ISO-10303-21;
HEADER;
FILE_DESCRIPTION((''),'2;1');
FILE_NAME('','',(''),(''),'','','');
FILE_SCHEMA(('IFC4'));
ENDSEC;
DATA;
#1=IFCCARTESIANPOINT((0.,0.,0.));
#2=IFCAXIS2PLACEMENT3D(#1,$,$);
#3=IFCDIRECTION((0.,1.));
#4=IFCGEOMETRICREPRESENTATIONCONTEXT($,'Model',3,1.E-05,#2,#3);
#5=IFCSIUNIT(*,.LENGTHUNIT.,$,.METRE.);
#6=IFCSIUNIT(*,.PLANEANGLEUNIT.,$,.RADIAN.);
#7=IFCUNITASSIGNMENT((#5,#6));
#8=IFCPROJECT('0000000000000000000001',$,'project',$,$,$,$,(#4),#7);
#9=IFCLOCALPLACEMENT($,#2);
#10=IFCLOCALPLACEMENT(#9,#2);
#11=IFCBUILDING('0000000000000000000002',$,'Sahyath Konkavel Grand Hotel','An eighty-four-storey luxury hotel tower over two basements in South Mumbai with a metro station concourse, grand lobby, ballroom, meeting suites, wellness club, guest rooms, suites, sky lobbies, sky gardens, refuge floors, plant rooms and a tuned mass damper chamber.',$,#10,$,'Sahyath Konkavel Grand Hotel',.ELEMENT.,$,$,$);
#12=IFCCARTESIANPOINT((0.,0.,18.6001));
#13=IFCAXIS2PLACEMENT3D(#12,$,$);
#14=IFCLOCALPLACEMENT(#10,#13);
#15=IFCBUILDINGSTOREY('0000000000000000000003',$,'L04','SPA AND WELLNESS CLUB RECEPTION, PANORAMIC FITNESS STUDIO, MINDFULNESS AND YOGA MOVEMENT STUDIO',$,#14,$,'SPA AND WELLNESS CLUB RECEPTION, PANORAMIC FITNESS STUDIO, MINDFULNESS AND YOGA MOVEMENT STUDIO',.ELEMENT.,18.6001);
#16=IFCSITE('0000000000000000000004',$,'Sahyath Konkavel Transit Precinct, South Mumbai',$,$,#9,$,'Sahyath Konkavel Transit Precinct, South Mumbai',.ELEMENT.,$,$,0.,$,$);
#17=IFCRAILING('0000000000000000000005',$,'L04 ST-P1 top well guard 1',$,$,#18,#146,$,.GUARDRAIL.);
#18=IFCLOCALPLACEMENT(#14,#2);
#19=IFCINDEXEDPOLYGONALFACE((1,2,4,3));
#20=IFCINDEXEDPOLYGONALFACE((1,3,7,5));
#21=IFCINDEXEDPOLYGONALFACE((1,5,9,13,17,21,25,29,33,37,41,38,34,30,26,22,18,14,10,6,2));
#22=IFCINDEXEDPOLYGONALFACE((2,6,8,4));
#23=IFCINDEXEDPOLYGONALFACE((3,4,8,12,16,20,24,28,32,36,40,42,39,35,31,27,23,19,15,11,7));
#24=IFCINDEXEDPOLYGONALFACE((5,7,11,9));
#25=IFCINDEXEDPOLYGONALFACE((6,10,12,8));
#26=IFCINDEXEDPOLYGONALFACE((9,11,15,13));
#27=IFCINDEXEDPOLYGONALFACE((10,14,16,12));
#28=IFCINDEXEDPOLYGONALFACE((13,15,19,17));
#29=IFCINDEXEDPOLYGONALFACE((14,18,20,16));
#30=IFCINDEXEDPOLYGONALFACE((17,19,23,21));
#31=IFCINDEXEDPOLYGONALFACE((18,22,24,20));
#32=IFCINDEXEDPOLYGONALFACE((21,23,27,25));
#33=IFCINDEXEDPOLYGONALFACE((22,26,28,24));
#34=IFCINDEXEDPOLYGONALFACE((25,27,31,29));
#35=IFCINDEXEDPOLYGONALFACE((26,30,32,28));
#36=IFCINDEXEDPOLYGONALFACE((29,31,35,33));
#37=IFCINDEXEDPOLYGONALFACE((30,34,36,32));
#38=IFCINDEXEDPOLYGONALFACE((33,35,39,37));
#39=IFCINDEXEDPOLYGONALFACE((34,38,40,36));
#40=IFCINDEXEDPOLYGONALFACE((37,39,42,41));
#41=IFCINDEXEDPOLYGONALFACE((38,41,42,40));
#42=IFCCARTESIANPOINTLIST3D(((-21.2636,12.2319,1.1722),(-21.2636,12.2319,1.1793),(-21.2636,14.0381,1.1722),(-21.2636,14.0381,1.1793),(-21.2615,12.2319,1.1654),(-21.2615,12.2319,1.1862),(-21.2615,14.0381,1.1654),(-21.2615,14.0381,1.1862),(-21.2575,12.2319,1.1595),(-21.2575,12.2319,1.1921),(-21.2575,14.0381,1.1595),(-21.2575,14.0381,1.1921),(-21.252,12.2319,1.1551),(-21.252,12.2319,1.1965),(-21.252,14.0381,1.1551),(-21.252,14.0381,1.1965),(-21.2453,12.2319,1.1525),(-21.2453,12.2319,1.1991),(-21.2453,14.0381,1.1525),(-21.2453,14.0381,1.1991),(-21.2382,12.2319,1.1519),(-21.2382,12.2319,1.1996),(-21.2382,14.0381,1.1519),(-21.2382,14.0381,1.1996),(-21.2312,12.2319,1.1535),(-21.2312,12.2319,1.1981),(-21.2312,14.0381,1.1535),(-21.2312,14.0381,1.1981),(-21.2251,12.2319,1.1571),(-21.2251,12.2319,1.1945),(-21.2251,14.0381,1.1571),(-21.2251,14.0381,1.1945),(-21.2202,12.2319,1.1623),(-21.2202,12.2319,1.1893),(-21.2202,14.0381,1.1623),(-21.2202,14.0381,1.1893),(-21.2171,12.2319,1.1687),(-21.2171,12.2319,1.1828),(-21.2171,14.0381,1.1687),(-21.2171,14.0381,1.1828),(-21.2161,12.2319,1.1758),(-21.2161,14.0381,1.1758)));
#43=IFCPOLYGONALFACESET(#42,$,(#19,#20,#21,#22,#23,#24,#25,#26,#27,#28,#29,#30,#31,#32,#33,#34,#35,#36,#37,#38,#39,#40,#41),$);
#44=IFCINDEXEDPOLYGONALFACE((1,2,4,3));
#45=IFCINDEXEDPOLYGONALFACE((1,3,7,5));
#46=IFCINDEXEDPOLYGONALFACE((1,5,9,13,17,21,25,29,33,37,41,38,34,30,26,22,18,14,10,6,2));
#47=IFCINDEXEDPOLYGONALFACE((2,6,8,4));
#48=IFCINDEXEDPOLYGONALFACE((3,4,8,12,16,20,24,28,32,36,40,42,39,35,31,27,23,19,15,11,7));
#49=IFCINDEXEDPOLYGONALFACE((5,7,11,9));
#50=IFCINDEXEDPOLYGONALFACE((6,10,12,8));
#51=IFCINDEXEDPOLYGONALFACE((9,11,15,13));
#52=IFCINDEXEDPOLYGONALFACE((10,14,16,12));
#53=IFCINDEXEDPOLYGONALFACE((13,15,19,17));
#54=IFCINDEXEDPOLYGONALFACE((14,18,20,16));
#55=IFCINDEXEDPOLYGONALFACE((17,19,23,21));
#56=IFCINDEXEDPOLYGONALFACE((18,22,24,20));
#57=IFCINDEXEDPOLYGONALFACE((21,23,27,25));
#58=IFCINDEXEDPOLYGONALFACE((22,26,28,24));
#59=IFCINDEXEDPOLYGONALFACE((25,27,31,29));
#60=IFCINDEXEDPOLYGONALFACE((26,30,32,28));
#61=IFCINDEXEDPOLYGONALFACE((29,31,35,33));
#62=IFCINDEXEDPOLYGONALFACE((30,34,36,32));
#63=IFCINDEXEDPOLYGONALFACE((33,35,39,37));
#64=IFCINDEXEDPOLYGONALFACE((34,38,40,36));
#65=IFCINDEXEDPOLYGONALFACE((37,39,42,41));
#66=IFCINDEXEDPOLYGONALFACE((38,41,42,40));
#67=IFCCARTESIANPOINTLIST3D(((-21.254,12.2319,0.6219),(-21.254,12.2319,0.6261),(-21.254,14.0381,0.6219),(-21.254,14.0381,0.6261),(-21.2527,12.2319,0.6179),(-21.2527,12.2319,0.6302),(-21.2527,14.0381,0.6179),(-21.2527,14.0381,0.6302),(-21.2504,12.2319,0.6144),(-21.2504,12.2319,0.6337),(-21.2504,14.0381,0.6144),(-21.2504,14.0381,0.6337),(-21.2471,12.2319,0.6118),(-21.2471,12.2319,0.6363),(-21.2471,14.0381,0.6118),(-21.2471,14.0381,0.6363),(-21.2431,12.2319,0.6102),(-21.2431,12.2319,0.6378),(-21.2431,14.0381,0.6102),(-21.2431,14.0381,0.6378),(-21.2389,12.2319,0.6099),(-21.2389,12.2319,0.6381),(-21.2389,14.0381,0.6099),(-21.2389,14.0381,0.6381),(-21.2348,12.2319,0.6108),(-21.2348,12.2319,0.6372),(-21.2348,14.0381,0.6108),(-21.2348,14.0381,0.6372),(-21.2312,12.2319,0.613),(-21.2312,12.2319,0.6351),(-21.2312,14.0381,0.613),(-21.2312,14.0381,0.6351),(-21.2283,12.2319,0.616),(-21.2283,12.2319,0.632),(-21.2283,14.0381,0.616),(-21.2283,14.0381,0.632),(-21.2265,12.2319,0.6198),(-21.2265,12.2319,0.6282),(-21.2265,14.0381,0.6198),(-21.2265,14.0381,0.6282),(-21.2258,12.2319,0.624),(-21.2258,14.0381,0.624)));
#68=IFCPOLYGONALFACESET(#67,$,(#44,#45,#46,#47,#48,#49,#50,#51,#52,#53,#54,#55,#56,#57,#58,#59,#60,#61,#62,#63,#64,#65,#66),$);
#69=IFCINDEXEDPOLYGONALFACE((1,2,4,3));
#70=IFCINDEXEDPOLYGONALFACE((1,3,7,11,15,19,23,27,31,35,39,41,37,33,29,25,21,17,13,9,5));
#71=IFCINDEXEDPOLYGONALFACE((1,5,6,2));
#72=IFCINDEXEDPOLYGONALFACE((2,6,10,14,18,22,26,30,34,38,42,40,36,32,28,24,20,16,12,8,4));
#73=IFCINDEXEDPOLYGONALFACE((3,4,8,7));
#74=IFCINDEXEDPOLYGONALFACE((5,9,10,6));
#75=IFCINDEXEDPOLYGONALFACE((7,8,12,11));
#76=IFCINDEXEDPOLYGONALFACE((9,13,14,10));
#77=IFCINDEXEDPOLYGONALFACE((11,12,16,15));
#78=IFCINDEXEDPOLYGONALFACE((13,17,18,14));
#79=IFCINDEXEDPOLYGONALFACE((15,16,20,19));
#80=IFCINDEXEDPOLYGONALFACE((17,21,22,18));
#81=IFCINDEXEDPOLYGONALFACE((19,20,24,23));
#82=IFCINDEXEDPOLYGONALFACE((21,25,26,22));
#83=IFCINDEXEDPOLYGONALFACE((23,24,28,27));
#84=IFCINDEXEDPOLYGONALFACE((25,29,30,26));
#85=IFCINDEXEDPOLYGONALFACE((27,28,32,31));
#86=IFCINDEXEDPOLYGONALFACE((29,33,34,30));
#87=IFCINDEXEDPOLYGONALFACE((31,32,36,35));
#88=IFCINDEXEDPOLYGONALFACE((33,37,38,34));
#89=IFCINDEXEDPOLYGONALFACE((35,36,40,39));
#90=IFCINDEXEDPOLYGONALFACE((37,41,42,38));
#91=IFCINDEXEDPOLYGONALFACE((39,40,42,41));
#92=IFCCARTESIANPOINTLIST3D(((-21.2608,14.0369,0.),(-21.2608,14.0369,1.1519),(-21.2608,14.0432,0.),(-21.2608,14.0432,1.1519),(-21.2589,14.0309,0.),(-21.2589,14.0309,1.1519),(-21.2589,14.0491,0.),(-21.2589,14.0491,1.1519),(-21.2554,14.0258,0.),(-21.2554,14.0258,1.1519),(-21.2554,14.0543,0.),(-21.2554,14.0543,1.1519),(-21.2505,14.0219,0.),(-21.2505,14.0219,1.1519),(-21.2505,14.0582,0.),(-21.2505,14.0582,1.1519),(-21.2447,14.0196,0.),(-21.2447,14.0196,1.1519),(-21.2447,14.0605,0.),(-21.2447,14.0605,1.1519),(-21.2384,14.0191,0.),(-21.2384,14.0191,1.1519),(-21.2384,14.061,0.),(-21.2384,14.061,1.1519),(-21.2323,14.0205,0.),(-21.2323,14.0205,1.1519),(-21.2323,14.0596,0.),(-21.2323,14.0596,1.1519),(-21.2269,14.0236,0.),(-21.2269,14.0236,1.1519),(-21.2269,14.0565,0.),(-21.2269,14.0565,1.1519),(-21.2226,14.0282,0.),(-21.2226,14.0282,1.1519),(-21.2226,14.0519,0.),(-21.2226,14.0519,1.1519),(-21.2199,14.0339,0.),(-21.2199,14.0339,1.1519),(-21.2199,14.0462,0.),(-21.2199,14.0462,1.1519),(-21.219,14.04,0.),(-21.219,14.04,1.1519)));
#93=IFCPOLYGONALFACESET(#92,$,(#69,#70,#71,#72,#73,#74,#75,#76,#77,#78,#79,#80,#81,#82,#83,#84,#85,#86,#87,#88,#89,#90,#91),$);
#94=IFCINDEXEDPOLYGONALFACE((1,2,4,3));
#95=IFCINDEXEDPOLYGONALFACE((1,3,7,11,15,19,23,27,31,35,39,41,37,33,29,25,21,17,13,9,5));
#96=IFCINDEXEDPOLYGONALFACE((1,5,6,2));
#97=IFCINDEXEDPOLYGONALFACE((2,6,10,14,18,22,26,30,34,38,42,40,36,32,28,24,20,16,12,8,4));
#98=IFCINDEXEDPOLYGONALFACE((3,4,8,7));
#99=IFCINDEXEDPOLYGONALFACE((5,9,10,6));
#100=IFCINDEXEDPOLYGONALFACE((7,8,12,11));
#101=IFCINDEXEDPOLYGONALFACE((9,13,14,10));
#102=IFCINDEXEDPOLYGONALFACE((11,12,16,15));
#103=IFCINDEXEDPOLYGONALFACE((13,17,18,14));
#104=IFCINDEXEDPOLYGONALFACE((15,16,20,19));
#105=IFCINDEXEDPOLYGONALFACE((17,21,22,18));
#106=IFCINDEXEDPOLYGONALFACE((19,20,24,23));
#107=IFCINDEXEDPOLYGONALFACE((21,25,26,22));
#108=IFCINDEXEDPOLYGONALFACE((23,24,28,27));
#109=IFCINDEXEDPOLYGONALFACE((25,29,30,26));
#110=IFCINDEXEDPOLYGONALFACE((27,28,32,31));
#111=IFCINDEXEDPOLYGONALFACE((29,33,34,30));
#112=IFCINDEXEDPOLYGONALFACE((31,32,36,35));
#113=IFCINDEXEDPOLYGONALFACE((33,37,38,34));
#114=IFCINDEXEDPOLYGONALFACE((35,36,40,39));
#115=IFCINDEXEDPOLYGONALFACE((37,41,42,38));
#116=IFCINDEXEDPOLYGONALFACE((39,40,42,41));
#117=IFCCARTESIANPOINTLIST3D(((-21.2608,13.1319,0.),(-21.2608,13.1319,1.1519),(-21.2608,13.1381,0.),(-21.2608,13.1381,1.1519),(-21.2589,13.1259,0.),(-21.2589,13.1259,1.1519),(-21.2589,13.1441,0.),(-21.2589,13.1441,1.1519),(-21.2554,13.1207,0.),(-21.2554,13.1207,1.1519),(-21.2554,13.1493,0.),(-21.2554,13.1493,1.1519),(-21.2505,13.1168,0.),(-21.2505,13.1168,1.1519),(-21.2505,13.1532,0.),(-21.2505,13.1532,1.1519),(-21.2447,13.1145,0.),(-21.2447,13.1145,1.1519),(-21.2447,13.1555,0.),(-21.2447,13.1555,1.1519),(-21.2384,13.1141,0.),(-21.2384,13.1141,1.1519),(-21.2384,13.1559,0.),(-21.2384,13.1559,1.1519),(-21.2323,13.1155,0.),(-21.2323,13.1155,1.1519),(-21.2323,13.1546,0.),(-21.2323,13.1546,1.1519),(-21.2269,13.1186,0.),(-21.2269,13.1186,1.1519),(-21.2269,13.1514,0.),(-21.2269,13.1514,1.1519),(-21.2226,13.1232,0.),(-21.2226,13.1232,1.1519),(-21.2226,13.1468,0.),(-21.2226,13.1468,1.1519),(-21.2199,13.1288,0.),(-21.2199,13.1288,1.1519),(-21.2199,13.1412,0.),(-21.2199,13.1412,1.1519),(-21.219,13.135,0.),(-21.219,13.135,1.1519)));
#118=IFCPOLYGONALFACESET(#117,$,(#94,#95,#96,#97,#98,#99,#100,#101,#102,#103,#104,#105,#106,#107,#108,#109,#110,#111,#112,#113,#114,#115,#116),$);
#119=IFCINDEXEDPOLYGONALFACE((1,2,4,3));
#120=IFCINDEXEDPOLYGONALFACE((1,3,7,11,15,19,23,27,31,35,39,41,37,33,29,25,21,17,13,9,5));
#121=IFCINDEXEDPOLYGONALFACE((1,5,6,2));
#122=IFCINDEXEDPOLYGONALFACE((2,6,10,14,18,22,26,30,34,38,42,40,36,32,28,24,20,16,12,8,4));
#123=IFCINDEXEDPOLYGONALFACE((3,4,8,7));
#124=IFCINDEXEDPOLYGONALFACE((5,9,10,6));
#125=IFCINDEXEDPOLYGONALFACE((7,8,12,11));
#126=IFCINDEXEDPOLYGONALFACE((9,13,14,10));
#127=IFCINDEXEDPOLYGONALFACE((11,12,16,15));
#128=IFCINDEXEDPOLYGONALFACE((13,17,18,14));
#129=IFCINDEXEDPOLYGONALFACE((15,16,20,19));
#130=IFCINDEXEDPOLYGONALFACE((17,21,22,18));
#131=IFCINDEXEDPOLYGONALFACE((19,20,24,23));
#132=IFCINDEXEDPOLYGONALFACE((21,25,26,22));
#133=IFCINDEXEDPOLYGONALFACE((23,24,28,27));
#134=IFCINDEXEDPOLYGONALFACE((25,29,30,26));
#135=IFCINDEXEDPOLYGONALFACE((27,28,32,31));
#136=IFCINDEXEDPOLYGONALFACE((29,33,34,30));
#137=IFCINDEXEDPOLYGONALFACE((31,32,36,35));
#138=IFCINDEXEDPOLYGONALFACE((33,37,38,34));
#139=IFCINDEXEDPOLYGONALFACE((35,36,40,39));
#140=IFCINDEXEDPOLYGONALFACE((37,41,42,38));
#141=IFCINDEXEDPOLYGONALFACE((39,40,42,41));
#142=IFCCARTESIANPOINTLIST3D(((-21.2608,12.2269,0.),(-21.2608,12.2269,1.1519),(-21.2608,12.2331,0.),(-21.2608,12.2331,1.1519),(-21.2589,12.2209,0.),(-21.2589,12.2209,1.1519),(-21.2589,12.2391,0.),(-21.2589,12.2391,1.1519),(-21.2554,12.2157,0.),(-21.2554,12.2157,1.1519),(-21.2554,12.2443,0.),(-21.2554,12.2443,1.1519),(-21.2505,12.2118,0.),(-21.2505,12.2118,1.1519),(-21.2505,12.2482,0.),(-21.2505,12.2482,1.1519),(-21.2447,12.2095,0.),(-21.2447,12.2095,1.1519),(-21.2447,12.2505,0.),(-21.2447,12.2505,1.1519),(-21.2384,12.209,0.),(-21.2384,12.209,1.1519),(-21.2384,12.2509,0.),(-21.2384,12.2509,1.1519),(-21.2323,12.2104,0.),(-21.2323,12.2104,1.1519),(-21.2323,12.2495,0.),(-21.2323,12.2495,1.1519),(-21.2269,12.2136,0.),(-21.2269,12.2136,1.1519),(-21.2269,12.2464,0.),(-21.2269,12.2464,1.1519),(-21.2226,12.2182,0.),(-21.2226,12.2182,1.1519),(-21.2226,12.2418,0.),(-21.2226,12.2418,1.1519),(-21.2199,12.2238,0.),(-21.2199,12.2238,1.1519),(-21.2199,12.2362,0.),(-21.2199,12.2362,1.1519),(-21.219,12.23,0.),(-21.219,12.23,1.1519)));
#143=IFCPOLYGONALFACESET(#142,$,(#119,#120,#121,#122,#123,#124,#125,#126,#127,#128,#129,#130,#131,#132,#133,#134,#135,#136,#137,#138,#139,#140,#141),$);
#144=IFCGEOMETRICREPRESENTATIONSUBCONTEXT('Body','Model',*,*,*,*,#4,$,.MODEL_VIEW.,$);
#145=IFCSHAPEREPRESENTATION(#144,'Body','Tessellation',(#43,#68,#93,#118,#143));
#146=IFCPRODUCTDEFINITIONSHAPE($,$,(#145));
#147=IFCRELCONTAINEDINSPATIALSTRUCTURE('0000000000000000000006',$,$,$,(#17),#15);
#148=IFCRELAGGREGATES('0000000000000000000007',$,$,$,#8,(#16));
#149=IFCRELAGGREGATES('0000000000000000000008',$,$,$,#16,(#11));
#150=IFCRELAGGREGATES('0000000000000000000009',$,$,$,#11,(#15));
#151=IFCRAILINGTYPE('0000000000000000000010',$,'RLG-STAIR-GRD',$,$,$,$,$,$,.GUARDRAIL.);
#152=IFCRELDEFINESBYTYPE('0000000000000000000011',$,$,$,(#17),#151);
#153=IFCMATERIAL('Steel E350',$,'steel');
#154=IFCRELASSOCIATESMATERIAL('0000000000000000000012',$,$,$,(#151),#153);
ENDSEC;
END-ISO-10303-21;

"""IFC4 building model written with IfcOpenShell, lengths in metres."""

from ifc_helpers import new_model, si_unit, direction, frame, origin, origin_2d, place, context, subcontext, project, spatial, circle, extrude, material, type_object, element, save


model = new_model("IFC4")

# Units and contexts
model_context = context("Model", 3, precision=1e-05, world=origin(), true_north=direction((0.0, 1.0)))
body_context = subcontext(model_context, "Body", "Model", "MODEL_VIEW")
ifc_project = project(units=[si_unit("LENGTHUNIT", "METRE"), si_unit("PLANEANGLEUNIT", "RADIAN")], contexts=[model_context])

# Site, building, storey
site_placement = place(None, origin())
site = spatial("IfcSite", under=ifc_project, at=site_placement, Name="Sahyath Konkavel Transit Precinct, South Mumbai", LongName="Sahyath Konkavel Transit Precinct, South Mumbai", CompositionType="ELEMENT", RefElevation=0.0)
building_placement = place(site_placement, origin())
building = spatial("IfcBuilding", under=site, at=building_placement, Name="Sahyath Konkavel Grand Hotel", Description="An eighty-four-storey luxury hotel tower over two basements in South Mumbai with a metro station concourse, grand lobby, ballroom, meeting suites, wellness club, guest rooms, suites, sky lobbies, sky gardens, refuge floors, plant rooms and a tuned mass damper chamber.", LongName="Sahyath Konkavel Grand Hotel", CompositionType="ELEMENT")
storey_placement = place(building_placement, frame((0.0, 0.0, 18.6001)))
storey = spatial("IfcBuildingStorey", under=building, at=storey_placement, Name="L04", Description="SPA AND WELLNESS CLUB RECEPTION, PANORAMIC FITNESS STUDIO, MINDFULNESS AND YOGA MOVEMENT STUDIO", LongName="SPA AND WELLNESS CLUB RECEPTION, PANORAMIC FITNESS STUDIO, MINDFULNESS AND YOGA MOVEMENT STUDIO", CompositionType="ELEMENT", Elevation=18.6001)

# Shared definitions
ifc_material_1 = material(Name="Steel E350", Category="steel")

# Railing
railing_type = type_object("IfcRailingType", Name="RLG-STAIR-GRD", PredefinedType="GUARDRAIL", material=ifc_material_1)
railing_placement = place(storey_placement, frame((-21.24, 14.04, 0.0)))
element("IfcRailing", 1, at=railing_placement, inside=storey, type_object=railing_type, Name="L04 ST-P1 top well guard 1", PredefinedType="GUARDRAIL", context=body_context, shape_type="SweptSolid", body=[
    extrude(circle(Radius=0.0239, at=origin_2d()), frame((0.0, -0.002, 1.1758), z_axis=(0.0, -1.0, 0.0), x_axis=(1.0, 0.0, 0.0)), (0.0, 0.0, 1.0), 1.8062),
    extrude(circle(Radius=0.0142, at=origin_2d()), frame((0.0, -0.002, 0.624), z_axis=(0.0, -1.0, 0.0), x_axis=(1.0, 0.0, 0.0)), (0.0, 0.0, 1.0), 1.8062),
    extrude(circle(Radius=0.021, at=origin_2d()), origin(), (0.0, 0.0, 1.0), 1.1519),
    extrude(circle(Radius=0.021, at=origin_2d()), frame((0.0, -0.905, 0.0)), (0.0, 0.0, 1.0), 1.1519),
    extrude(circle(Radius=0.021, at=origin_2d()), frame((0.0, -1.8101, 0.0)), (0.0, 0.0, 1.0), 1.1519),
])

save(model, "model.ifc")
